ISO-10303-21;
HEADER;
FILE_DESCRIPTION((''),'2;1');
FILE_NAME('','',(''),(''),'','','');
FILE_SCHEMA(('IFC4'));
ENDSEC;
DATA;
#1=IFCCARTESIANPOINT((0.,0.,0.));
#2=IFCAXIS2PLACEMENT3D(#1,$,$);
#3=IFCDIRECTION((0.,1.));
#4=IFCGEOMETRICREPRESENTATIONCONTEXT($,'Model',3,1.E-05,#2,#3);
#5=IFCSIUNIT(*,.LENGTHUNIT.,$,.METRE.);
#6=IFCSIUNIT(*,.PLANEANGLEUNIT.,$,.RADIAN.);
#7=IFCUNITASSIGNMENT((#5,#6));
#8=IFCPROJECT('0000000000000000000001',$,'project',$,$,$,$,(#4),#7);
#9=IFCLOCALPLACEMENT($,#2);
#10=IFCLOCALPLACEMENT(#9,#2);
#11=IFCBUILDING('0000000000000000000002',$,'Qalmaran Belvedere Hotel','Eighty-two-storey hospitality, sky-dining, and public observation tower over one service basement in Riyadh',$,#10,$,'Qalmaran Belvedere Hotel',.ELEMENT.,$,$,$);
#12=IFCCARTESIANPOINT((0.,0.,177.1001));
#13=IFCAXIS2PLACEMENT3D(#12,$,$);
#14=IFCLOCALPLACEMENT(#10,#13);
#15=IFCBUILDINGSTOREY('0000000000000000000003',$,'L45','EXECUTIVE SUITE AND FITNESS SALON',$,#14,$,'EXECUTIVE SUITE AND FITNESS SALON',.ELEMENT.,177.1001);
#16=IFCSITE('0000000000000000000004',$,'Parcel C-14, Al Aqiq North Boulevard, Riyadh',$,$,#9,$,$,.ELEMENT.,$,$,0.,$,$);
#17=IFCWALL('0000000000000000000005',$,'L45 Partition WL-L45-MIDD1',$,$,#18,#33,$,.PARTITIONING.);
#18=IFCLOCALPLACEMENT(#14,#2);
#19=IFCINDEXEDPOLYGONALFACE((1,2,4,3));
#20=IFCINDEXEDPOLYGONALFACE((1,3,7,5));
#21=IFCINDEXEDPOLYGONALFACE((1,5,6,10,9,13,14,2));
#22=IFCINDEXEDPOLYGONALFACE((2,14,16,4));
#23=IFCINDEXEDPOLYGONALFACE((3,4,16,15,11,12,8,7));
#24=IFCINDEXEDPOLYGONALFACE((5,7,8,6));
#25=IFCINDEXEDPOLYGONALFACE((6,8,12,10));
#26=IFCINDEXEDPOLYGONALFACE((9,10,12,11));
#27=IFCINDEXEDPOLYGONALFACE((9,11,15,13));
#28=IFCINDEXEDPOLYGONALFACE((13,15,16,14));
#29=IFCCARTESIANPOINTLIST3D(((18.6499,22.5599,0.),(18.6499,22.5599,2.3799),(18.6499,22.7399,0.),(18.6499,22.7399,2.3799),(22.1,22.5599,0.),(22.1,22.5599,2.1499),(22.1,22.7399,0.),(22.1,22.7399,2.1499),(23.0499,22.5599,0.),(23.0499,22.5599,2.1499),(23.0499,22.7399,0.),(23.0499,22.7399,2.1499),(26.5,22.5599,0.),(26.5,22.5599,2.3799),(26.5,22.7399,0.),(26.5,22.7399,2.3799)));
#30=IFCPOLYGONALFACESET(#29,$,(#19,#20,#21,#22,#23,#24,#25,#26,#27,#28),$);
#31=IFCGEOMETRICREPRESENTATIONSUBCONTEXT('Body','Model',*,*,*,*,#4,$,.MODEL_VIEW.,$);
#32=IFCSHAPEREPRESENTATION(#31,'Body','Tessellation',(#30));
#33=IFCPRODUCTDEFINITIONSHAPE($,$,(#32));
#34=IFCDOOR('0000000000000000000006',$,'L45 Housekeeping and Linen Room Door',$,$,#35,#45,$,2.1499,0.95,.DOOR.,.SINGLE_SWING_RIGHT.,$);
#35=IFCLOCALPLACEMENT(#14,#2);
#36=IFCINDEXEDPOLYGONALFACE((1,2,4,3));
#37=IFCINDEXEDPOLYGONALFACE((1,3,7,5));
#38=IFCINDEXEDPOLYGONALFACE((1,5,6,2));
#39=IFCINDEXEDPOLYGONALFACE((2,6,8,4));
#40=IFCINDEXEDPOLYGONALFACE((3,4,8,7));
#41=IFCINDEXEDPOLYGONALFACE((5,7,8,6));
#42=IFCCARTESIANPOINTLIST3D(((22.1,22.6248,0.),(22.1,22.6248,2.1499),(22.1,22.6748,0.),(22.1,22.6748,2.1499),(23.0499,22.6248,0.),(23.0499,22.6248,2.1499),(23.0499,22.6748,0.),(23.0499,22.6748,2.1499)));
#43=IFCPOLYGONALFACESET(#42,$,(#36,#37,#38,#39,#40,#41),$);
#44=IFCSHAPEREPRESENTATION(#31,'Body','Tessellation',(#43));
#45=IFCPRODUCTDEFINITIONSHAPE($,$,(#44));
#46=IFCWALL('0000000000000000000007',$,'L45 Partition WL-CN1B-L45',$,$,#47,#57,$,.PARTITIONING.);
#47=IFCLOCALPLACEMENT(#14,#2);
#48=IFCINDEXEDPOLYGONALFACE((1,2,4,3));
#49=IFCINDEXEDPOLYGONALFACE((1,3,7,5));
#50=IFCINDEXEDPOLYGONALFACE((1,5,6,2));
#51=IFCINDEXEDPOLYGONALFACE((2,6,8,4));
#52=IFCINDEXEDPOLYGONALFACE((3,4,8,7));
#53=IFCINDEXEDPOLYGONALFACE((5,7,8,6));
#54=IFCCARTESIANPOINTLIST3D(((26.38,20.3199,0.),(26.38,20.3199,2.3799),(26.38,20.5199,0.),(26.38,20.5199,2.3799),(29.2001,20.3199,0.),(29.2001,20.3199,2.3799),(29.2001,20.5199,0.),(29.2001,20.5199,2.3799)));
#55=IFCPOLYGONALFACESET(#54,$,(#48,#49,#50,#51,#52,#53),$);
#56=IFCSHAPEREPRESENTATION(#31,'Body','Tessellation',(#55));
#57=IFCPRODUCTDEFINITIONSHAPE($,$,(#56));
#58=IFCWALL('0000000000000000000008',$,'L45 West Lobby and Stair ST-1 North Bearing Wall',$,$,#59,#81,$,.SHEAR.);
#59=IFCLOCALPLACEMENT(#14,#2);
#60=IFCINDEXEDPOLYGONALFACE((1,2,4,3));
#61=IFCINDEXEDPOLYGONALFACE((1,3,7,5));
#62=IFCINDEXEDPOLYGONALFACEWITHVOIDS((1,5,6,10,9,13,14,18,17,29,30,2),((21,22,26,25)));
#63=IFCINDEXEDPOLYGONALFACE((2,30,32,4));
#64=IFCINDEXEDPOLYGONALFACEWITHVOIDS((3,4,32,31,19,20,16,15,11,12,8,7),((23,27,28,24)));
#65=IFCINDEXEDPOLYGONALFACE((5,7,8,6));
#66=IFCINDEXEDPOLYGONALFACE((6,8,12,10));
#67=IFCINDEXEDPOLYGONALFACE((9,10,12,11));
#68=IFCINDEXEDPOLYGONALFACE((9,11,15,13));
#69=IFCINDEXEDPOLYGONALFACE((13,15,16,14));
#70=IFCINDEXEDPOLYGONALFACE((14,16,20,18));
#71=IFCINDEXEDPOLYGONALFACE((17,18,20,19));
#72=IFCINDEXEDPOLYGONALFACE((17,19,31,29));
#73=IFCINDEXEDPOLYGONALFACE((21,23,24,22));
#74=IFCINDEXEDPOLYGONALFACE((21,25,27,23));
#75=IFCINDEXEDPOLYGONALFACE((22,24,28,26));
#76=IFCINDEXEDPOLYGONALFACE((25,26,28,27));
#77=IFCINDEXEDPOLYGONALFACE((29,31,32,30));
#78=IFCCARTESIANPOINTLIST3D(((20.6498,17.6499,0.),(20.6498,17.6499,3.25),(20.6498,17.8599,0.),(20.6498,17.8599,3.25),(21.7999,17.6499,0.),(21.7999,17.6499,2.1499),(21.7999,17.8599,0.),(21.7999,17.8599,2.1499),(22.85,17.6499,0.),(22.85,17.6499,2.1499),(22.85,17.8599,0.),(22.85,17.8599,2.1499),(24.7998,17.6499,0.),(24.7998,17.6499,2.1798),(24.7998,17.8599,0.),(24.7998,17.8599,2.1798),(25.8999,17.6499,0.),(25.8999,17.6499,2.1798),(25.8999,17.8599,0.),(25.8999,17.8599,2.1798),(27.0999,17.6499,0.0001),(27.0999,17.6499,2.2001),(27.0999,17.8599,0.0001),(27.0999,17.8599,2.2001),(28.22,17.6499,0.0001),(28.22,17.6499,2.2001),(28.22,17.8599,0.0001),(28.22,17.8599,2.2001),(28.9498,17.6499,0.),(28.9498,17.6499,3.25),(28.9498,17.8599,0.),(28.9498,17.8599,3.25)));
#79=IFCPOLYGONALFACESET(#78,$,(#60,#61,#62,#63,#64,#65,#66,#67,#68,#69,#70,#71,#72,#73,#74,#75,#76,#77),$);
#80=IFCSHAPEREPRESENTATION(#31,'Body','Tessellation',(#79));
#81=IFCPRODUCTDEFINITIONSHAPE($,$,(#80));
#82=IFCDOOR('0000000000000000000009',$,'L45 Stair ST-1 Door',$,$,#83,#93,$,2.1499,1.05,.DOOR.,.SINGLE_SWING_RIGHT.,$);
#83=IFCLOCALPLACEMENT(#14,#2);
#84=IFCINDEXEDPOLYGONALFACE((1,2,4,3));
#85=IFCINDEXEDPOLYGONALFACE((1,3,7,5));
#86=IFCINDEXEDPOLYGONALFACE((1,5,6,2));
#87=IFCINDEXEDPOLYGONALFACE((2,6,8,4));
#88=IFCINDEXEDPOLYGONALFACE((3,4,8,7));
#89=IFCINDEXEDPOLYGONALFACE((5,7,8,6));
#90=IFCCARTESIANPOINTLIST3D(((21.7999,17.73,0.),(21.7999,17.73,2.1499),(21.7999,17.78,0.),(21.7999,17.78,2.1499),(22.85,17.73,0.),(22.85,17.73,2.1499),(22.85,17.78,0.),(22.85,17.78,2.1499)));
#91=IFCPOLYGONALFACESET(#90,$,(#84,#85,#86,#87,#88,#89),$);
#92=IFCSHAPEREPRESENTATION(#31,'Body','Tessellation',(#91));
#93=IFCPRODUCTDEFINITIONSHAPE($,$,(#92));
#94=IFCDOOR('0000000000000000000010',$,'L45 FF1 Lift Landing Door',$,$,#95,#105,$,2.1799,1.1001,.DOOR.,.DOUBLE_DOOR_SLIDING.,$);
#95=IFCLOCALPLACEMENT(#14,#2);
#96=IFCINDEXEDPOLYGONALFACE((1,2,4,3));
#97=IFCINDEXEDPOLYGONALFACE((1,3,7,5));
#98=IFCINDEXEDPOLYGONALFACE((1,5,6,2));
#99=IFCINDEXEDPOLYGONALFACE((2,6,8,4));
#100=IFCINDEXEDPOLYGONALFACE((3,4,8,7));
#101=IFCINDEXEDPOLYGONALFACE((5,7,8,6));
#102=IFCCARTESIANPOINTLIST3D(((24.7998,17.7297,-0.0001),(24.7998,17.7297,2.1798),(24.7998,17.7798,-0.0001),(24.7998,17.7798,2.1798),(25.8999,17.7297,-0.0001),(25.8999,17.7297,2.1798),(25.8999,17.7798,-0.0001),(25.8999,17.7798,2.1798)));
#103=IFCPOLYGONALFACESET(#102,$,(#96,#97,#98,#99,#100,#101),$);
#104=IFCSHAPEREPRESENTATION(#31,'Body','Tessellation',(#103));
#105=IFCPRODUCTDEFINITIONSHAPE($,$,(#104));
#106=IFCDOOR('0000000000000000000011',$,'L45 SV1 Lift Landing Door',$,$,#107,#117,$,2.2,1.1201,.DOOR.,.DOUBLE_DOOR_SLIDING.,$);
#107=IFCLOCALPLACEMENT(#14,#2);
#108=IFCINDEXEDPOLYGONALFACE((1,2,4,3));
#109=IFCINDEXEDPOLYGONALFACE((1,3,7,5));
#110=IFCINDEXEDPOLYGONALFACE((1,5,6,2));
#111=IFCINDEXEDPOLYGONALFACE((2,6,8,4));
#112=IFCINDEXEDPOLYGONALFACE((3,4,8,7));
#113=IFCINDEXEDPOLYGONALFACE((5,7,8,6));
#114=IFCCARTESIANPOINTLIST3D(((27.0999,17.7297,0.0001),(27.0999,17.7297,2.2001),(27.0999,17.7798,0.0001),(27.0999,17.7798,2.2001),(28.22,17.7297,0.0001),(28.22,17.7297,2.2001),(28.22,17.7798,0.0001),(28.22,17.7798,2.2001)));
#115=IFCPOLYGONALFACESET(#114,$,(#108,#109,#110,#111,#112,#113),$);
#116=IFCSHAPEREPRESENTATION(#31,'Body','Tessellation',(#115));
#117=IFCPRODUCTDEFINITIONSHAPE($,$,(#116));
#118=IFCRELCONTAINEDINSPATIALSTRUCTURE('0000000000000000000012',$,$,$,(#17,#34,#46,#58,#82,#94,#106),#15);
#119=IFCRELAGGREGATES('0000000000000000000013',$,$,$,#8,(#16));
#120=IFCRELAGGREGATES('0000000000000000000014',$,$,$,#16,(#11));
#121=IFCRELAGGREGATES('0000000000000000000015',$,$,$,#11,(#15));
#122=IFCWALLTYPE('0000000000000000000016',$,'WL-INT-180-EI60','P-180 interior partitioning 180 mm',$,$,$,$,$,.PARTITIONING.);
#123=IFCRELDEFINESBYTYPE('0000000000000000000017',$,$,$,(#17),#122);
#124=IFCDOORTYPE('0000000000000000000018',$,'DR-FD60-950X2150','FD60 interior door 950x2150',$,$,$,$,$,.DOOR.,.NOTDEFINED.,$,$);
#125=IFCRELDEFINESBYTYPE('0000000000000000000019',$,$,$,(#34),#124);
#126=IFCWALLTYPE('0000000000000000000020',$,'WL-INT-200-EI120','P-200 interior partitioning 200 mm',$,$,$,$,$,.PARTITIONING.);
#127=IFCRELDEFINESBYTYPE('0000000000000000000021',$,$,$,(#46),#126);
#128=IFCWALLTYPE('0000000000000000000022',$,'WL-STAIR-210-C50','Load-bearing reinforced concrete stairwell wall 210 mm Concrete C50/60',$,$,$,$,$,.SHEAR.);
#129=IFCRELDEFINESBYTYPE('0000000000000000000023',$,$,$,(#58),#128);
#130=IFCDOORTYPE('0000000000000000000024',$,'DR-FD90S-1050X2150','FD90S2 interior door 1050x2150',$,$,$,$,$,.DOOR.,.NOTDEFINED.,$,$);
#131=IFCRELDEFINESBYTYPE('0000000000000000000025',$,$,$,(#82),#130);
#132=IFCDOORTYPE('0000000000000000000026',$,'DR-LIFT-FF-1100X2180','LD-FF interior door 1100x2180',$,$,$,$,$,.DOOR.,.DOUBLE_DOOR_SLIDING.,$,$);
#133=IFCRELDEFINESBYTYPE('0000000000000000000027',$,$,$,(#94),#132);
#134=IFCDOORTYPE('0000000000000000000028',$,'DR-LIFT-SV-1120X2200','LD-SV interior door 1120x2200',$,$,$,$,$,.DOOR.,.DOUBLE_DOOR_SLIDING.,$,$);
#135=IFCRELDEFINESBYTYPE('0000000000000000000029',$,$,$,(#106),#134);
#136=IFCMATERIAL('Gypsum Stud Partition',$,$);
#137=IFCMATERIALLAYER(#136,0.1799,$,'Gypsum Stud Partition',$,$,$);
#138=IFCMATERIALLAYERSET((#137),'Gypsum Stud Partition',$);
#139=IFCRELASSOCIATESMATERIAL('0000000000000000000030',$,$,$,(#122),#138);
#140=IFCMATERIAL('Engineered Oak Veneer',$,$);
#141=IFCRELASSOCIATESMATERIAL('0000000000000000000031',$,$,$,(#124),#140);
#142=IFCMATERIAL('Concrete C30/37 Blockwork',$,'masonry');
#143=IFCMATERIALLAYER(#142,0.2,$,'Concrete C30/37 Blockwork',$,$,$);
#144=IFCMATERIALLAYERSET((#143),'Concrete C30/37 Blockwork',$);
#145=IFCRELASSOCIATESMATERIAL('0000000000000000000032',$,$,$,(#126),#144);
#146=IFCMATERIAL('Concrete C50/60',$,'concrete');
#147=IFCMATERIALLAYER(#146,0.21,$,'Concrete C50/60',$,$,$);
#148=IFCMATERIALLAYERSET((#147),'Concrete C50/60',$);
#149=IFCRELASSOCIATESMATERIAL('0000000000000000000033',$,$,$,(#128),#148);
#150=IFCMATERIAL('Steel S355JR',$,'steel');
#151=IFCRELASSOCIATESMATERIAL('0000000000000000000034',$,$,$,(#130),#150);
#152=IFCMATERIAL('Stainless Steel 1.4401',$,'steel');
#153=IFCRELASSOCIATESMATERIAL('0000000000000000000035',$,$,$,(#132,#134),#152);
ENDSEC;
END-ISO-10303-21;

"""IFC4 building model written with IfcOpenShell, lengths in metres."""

from ifc_helpers import new_model, si_unit, direction, frame, frame_2d, origin, place, context, subcontext, project, spatial, rectangle, extrude, material, layer, layer_set, type_object, element, fill, save


model = new_model("IFC4")

# Units and contexts
model_context = context("Model", 3, precision=1e-05, world=origin(), true_north=direction((0.0, 1.0)))
body_context = subcontext(model_context, "Body", "Model", "MODEL_VIEW")
ifc_project = project(units=[si_unit("LENGTHUNIT", "METRE"), si_unit("PLANEANGLEUNIT", "RADIAN")], contexts=[model_context])

# Site, building, storey
site_placement = place(None, origin())
site = spatial("IfcSite", under=ifc_project, at=site_placement, Name="Parcel C-14, Al Aqiq North Boulevard, Riyadh", CompositionType="ELEMENT", RefElevation=0.0)
building_placement = place(site_placement, origin())
building = spatial("IfcBuilding", under=site, at=building_placement, Name="Qalmaran Belvedere Hotel", Description="Eighty-two-storey hospitality, sky-dining, and public observation tower over one service basement in Riyadh", LongName="Qalmaran Belvedere Hotel", CompositionType="ELEMENT")
storey_placement = place(building_placement, frame((0.0, 0.0, 177.1001)))
storey = spatial("IfcBuildingStorey", under=building, at=storey_placement, Name="L45", Description="EXECUTIVE SUITE AND FITNESS SALON", LongName="EXECUTIVE SUITE AND FITNESS SALON", CompositionType="ELEMENT", Elevation=177.1001)

# Shared definitions
ifc_material_1 = material(Name="Concrete C50/60", Category="concrete")

# Shared definitions
ifc_material_2 = material(Name="Steel S355JR", Category="steel")

# Shared definitions
ifc_material_3 = material(Name="Gypsum Stud Partition")

# Wall, opening, door
ifc_layer_1 = layer(ifc_material_3, 0.1799, Name="Gypsum Stud Partition")
ifc_layer_set_1 = layer_set([ifc_layer_1], Name="Gypsum Stud Partition")
wall_type_1 = type_object("IfcWallType", Name="WL-INT-180-EI60", Description="P-180 interior partitioning 180 mm", PredefinedType="PARTITIONING", material=ifc_layer_set_1)
wall_1_placement = place(storey_placement, frame((18.6499, 22.6499, 0.0), z_axis=(0.0, 0.0, 1.0), x_axis=(1.0, 0.0, 0.0)))
wall_1 = element("IfcWall", 1, at=wall_1_placement, inside=storey, type_object=wall_type_1, Name="L45 Partition WL-L45-MIDD1", PredefinedType="PARTITIONING", context=body_context, shape_type="SweptSolid", body=[
    extrude(rectangle(XDim=7.8501, YDim=0.1799, at=frame_2d((3.925, 0.0))), origin(), (0.0, 0.0, 1.0), 2.3799),
])
opening_1_placement = place(wall_1_placement, frame((3.45, 0.0, 0.0)))
opening_1 = element("IfcOpeningElement", 2, at=opening_1_placement, cuts=wall_1, PredefinedType="OPENING", context=body_context, shape_type="SweptSolid", body=[
    extrude(rectangle(XDim=0.95, YDim=2.1499, at=frame_2d((0.4751, 1.075))), frame((0.0, 0.1001, 0.0), z_axis=(0.0, -1.0, 0.0), x_axis=(1.0, 0.0, 0.0)), (0.0, 0.0, 1.0), 0.2),
])
ifc_material_4 = material(Name="Engineered Oak Veneer")
door_type_1 = type_object("IfcDoorType", Name="DR-FD60-950X2150", Description="FD60 interior door 950x2150", OperationType="NOTDEFINED", PredefinedType="DOOR", material=ifc_material_4)
door_1_placement = place(opening_1_placement, origin())
door_1 = element("IfcDoor", 3, at=door_1_placement, inside=storey, type_object=door_type_1, Name="L45 Housekeeping and Linen Room Door", OperationType="SINGLE_SWING_RIGHT", OverallHeight=2.1499, OverallWidth=0.95, PredefinedType="DOOR", context=body_context, shape_type="SweptSolid", body=[
    extrude(rectangle(XDim=0.95, YDim=2.1499, at=frame_2d((0.4751, 1.075))), frame((0.0, 0.0249, 0.0), z_axis=(0.0, -1.0, 0.0), x_axis=(1.0, 0.0, 0.0)), (0.0, 0.0, 1.0), 0.05),
])
fill(opening_1, door_1)
ifc_material_5 = material(Name="Concrete C30/37 Blockwork", Category="masonry")
ifc_layer_2 = layer(ifc_material_5, 0.2, Name="Concrete C30/37 Blockwork")
ifc_layer_set_2 = layer_set([ifc_layer_2], Name="Concrete C30/37 Blockwork")
wall_type_2 = type_object("IfcWallType", Name="WL-INT-200-EI120", Description="P-200 interior partitioning 200 mm", PredefinedType="PARTITIONING", material=ifc_layer_set_2)

# Wall
wall_2_placement = place(storey_placement, frame((26.3799, 20.4199, 0.0), z_axis=(0.0, 0.0, 1.0), x_axis=(1.0, 0.0, 0.0)))
element("IfcWall", 4, at=wall_2_placement, inside=storey, type_object=wall_type_2, Name="L45 Partition WL-CN1B-L45", PredefinedType="PARTITIONING", context=body_context, shape_type="SweptSolid", body=[
    extrude(rectangle(XDim=2.8201, YDim=0.2, at=frame_2d((1.4102, 0.0))), origin(), (0.0, 0.0, 1.0), 2.3799),
])

# Wall, openings, doors
ifc_layer_3 = layer(ifc_material_1, 0.21, Name="Concrete C50/60")
ifc_layer_set_3 = layer_set([ifc_layer_3], Name="Concrete C50/60")
wall_type_3 = type_object("IfcWallType", Name="WL-STAIR-210-C50", Description="Load-bearing reinforced concrete stairwell wall 210 mm Concrete C50/60", PredefinedType="SHEAR", material=ifc_layer_set_3)
wall_3_placement = place(storey_placement, frame((20.6499, 17.7549, 0.0), z_axis=(0.0, 0.0, 1.0), x_axis=(1.0, 0.0, 0.0)))
wall_3 = element("IfcWall", 5, at=wall_3_placement, inside=storey, type_object=wall_type_3, Name="L45 West Lobby and Stair ST-1 North Bearing Wall", PredefinedType="SHEAR", context=body_context, shape_type="SweptSolid", body=[
    extrude(rectangle(XDim=8.3, YDim=0.21, at=frame_2d((4.1499, 0.0))), origin(), (0.0, 0.0, 1.0), 3.25),
])
opening_2_placement = place(wall_3_placement, frame((2.2, 0.0, 0.0), z_axis=(0.0, 0.0, 1.0), x_axis=(-1.0, 0.0, 0.0)))
opening_2 = element("IfcOpeningElement", 6, at=opening_2_placement, cuts=wall_3, PredefinedType="OPENING", context=body_context, shape_type="SweptSolid", body=[
    extrude(rectangle(XDim=1.05, YDim=2.1499, at=frame_2d((0.5249, 1.075))), frame((0.0, 0.115, 0.0), z_axis=(0.0, -1.0, 0.0), x_axis=(1.0, 0.0, 0.0)), (0.0, 0.0, 1.0), 0.23),
])
opening_3_placement = place(wall_3_placement, frame((4.1499, 0.0, 0.0)))
opening_3 = element("IfcOpeningElement", 7, at=opening_3_placement, cuts=wall_3, PredefinedType="OPENING", context=body_context, shape_type="SweptSolid", body=[
    extrude(rectangle(XDim=1.1001, YDim=2.1799, at=frame_2d((0.55, 1.0898))), frame((0.0, 0.115, 0.0), z_axis=(0.0, -1.0, 0.0), x_axis=(1.0, 0.0, 0.0)), (0.0, 0.0, 1.0), 0.23),
])
opening_4_placement = place(wall_3_placement, frame((6.45, 0.0, 0.0)))
opening_4 = element("IfcOpeningElement", 8, at=opening_4_placement, cuts=wall_3, PredefinedType="OPENING", context=body_context, shape_type="SweptSolid", body=[
    extrude(rectangle(XDim=1.1201, YDim=2.2, at=frame_2d((0.5601, 1.1001))), frame((0.0, 0.115, 0.0), z_axis=(0.0, -1.0, 0.0), x_axis=(1.0, 0.0, 0.0)), (0.0, 0.0, 1.0), 0.23),
])
door_type_2 = type_object("IfcDoorType", Name="DR-FD90S-1050X2150", Description="FD90S2 interior door 1050x2150", OperationType="NOTDEFINED", PredefinedType="DOOR", material=ifc_material_2)
door_2_placement = place(opening_2_placement, origin())
door_2 = element("IfcDoor", 9, at=door_2_placement, inside=storey, type_object=door_type_2, Name="L45 Stair ST-1 Door", OperationType="SINGLE_SWING_RIGHT", OverallHeight=2.1499, OverallWidth=1.05, PredefinedType="DOOR", context=body_context, shape_type="SweptSolid", body=[
    extrude(rectangle(XDim=1.05, YDim=2.1499, at=frame_2d((0.5249, 1.075))), frame((0.0, 0.0249, 0.0), z_axis=(0.0, -1.0, 0.0), x_axis=(1.0, 0.0, 0.0)), (0.0, 0.0, 1.0), 0.05),
])
fill(opening_2, door_2)
ifc_material_6 = material(Name="Stainless Steel 1.4401", Category="steel")
door_type_3 = type_object("IfcDoorType", Name="DR-LIFT-FF-1100X2180", Description="LD-FF interior door 1100x2180", OperationType="DOUBLE_DOOR_SLIDING", PredefinedType="DOOR", material=ifc_material_6)
door_3_placement = place(opening_3_placement, origin())
door_3 = element("IfcDoor", 10, at=door_3_placement, inside=storey, type_object=door_type_3, Name="L45 FF1 Lift Landing Door", OperationType="DOUBLE_DOOR_SLIDING", OverallHeight=2.1799, OverallWidth=1.1001, PredefinedType="DOOR", context=body_context, shape_type="SweptSolid", body=[
    extrude(rectangle(XDim=1.1001, YDim=2.1799, at=frame_2d((0.55, 1.0898))), frame((0.0, 0.0249, 0.0), z_axis=(0.0, -1.0, 0.0), x_axis=(1.0, 0.0, 0.0)), (0.0, 0.0, 1.0), 0.05),
])
fill(opening_3, door_3)
door_type_4 = type_object("IfcDoorType", Name="DR-LIFT-SV-1120X2200", Description="LD-SV interior door 1120x2200", OperationType="DOUBLE_DOOR_SLIDING", PredefinedType="DOOR", material=ifc_material_6)
door_4_placement = place(opening_4_placement, origin())
door_4 = element("IfcDoor", 11, at=door_4_placement, inside=storey, type_object=door_type_4, Name="L45 SV1 Lift Landing Door", OperationType="DOUBLE_DOOR_SLIDING", OverallHeight=2.2, OverallWidth=1.1201, PredefinedType="DOOR", context=body_context, shape_type="SweptSolid", body=[
    extrude(rectangle(XDim=1.1201, YDim=2.2, at=frame_2d((0.5601, 1.1001))), frame((0.0, 0.0249, 0.0), z_axis=(0.0, -1.0, 0.0), x_axis=(1.0, 0.0, 0.0)), (0.0, 0.0, 1.0), 0.05),
])
fill(opening_4, door_4)

save(model, "model.ifc")
